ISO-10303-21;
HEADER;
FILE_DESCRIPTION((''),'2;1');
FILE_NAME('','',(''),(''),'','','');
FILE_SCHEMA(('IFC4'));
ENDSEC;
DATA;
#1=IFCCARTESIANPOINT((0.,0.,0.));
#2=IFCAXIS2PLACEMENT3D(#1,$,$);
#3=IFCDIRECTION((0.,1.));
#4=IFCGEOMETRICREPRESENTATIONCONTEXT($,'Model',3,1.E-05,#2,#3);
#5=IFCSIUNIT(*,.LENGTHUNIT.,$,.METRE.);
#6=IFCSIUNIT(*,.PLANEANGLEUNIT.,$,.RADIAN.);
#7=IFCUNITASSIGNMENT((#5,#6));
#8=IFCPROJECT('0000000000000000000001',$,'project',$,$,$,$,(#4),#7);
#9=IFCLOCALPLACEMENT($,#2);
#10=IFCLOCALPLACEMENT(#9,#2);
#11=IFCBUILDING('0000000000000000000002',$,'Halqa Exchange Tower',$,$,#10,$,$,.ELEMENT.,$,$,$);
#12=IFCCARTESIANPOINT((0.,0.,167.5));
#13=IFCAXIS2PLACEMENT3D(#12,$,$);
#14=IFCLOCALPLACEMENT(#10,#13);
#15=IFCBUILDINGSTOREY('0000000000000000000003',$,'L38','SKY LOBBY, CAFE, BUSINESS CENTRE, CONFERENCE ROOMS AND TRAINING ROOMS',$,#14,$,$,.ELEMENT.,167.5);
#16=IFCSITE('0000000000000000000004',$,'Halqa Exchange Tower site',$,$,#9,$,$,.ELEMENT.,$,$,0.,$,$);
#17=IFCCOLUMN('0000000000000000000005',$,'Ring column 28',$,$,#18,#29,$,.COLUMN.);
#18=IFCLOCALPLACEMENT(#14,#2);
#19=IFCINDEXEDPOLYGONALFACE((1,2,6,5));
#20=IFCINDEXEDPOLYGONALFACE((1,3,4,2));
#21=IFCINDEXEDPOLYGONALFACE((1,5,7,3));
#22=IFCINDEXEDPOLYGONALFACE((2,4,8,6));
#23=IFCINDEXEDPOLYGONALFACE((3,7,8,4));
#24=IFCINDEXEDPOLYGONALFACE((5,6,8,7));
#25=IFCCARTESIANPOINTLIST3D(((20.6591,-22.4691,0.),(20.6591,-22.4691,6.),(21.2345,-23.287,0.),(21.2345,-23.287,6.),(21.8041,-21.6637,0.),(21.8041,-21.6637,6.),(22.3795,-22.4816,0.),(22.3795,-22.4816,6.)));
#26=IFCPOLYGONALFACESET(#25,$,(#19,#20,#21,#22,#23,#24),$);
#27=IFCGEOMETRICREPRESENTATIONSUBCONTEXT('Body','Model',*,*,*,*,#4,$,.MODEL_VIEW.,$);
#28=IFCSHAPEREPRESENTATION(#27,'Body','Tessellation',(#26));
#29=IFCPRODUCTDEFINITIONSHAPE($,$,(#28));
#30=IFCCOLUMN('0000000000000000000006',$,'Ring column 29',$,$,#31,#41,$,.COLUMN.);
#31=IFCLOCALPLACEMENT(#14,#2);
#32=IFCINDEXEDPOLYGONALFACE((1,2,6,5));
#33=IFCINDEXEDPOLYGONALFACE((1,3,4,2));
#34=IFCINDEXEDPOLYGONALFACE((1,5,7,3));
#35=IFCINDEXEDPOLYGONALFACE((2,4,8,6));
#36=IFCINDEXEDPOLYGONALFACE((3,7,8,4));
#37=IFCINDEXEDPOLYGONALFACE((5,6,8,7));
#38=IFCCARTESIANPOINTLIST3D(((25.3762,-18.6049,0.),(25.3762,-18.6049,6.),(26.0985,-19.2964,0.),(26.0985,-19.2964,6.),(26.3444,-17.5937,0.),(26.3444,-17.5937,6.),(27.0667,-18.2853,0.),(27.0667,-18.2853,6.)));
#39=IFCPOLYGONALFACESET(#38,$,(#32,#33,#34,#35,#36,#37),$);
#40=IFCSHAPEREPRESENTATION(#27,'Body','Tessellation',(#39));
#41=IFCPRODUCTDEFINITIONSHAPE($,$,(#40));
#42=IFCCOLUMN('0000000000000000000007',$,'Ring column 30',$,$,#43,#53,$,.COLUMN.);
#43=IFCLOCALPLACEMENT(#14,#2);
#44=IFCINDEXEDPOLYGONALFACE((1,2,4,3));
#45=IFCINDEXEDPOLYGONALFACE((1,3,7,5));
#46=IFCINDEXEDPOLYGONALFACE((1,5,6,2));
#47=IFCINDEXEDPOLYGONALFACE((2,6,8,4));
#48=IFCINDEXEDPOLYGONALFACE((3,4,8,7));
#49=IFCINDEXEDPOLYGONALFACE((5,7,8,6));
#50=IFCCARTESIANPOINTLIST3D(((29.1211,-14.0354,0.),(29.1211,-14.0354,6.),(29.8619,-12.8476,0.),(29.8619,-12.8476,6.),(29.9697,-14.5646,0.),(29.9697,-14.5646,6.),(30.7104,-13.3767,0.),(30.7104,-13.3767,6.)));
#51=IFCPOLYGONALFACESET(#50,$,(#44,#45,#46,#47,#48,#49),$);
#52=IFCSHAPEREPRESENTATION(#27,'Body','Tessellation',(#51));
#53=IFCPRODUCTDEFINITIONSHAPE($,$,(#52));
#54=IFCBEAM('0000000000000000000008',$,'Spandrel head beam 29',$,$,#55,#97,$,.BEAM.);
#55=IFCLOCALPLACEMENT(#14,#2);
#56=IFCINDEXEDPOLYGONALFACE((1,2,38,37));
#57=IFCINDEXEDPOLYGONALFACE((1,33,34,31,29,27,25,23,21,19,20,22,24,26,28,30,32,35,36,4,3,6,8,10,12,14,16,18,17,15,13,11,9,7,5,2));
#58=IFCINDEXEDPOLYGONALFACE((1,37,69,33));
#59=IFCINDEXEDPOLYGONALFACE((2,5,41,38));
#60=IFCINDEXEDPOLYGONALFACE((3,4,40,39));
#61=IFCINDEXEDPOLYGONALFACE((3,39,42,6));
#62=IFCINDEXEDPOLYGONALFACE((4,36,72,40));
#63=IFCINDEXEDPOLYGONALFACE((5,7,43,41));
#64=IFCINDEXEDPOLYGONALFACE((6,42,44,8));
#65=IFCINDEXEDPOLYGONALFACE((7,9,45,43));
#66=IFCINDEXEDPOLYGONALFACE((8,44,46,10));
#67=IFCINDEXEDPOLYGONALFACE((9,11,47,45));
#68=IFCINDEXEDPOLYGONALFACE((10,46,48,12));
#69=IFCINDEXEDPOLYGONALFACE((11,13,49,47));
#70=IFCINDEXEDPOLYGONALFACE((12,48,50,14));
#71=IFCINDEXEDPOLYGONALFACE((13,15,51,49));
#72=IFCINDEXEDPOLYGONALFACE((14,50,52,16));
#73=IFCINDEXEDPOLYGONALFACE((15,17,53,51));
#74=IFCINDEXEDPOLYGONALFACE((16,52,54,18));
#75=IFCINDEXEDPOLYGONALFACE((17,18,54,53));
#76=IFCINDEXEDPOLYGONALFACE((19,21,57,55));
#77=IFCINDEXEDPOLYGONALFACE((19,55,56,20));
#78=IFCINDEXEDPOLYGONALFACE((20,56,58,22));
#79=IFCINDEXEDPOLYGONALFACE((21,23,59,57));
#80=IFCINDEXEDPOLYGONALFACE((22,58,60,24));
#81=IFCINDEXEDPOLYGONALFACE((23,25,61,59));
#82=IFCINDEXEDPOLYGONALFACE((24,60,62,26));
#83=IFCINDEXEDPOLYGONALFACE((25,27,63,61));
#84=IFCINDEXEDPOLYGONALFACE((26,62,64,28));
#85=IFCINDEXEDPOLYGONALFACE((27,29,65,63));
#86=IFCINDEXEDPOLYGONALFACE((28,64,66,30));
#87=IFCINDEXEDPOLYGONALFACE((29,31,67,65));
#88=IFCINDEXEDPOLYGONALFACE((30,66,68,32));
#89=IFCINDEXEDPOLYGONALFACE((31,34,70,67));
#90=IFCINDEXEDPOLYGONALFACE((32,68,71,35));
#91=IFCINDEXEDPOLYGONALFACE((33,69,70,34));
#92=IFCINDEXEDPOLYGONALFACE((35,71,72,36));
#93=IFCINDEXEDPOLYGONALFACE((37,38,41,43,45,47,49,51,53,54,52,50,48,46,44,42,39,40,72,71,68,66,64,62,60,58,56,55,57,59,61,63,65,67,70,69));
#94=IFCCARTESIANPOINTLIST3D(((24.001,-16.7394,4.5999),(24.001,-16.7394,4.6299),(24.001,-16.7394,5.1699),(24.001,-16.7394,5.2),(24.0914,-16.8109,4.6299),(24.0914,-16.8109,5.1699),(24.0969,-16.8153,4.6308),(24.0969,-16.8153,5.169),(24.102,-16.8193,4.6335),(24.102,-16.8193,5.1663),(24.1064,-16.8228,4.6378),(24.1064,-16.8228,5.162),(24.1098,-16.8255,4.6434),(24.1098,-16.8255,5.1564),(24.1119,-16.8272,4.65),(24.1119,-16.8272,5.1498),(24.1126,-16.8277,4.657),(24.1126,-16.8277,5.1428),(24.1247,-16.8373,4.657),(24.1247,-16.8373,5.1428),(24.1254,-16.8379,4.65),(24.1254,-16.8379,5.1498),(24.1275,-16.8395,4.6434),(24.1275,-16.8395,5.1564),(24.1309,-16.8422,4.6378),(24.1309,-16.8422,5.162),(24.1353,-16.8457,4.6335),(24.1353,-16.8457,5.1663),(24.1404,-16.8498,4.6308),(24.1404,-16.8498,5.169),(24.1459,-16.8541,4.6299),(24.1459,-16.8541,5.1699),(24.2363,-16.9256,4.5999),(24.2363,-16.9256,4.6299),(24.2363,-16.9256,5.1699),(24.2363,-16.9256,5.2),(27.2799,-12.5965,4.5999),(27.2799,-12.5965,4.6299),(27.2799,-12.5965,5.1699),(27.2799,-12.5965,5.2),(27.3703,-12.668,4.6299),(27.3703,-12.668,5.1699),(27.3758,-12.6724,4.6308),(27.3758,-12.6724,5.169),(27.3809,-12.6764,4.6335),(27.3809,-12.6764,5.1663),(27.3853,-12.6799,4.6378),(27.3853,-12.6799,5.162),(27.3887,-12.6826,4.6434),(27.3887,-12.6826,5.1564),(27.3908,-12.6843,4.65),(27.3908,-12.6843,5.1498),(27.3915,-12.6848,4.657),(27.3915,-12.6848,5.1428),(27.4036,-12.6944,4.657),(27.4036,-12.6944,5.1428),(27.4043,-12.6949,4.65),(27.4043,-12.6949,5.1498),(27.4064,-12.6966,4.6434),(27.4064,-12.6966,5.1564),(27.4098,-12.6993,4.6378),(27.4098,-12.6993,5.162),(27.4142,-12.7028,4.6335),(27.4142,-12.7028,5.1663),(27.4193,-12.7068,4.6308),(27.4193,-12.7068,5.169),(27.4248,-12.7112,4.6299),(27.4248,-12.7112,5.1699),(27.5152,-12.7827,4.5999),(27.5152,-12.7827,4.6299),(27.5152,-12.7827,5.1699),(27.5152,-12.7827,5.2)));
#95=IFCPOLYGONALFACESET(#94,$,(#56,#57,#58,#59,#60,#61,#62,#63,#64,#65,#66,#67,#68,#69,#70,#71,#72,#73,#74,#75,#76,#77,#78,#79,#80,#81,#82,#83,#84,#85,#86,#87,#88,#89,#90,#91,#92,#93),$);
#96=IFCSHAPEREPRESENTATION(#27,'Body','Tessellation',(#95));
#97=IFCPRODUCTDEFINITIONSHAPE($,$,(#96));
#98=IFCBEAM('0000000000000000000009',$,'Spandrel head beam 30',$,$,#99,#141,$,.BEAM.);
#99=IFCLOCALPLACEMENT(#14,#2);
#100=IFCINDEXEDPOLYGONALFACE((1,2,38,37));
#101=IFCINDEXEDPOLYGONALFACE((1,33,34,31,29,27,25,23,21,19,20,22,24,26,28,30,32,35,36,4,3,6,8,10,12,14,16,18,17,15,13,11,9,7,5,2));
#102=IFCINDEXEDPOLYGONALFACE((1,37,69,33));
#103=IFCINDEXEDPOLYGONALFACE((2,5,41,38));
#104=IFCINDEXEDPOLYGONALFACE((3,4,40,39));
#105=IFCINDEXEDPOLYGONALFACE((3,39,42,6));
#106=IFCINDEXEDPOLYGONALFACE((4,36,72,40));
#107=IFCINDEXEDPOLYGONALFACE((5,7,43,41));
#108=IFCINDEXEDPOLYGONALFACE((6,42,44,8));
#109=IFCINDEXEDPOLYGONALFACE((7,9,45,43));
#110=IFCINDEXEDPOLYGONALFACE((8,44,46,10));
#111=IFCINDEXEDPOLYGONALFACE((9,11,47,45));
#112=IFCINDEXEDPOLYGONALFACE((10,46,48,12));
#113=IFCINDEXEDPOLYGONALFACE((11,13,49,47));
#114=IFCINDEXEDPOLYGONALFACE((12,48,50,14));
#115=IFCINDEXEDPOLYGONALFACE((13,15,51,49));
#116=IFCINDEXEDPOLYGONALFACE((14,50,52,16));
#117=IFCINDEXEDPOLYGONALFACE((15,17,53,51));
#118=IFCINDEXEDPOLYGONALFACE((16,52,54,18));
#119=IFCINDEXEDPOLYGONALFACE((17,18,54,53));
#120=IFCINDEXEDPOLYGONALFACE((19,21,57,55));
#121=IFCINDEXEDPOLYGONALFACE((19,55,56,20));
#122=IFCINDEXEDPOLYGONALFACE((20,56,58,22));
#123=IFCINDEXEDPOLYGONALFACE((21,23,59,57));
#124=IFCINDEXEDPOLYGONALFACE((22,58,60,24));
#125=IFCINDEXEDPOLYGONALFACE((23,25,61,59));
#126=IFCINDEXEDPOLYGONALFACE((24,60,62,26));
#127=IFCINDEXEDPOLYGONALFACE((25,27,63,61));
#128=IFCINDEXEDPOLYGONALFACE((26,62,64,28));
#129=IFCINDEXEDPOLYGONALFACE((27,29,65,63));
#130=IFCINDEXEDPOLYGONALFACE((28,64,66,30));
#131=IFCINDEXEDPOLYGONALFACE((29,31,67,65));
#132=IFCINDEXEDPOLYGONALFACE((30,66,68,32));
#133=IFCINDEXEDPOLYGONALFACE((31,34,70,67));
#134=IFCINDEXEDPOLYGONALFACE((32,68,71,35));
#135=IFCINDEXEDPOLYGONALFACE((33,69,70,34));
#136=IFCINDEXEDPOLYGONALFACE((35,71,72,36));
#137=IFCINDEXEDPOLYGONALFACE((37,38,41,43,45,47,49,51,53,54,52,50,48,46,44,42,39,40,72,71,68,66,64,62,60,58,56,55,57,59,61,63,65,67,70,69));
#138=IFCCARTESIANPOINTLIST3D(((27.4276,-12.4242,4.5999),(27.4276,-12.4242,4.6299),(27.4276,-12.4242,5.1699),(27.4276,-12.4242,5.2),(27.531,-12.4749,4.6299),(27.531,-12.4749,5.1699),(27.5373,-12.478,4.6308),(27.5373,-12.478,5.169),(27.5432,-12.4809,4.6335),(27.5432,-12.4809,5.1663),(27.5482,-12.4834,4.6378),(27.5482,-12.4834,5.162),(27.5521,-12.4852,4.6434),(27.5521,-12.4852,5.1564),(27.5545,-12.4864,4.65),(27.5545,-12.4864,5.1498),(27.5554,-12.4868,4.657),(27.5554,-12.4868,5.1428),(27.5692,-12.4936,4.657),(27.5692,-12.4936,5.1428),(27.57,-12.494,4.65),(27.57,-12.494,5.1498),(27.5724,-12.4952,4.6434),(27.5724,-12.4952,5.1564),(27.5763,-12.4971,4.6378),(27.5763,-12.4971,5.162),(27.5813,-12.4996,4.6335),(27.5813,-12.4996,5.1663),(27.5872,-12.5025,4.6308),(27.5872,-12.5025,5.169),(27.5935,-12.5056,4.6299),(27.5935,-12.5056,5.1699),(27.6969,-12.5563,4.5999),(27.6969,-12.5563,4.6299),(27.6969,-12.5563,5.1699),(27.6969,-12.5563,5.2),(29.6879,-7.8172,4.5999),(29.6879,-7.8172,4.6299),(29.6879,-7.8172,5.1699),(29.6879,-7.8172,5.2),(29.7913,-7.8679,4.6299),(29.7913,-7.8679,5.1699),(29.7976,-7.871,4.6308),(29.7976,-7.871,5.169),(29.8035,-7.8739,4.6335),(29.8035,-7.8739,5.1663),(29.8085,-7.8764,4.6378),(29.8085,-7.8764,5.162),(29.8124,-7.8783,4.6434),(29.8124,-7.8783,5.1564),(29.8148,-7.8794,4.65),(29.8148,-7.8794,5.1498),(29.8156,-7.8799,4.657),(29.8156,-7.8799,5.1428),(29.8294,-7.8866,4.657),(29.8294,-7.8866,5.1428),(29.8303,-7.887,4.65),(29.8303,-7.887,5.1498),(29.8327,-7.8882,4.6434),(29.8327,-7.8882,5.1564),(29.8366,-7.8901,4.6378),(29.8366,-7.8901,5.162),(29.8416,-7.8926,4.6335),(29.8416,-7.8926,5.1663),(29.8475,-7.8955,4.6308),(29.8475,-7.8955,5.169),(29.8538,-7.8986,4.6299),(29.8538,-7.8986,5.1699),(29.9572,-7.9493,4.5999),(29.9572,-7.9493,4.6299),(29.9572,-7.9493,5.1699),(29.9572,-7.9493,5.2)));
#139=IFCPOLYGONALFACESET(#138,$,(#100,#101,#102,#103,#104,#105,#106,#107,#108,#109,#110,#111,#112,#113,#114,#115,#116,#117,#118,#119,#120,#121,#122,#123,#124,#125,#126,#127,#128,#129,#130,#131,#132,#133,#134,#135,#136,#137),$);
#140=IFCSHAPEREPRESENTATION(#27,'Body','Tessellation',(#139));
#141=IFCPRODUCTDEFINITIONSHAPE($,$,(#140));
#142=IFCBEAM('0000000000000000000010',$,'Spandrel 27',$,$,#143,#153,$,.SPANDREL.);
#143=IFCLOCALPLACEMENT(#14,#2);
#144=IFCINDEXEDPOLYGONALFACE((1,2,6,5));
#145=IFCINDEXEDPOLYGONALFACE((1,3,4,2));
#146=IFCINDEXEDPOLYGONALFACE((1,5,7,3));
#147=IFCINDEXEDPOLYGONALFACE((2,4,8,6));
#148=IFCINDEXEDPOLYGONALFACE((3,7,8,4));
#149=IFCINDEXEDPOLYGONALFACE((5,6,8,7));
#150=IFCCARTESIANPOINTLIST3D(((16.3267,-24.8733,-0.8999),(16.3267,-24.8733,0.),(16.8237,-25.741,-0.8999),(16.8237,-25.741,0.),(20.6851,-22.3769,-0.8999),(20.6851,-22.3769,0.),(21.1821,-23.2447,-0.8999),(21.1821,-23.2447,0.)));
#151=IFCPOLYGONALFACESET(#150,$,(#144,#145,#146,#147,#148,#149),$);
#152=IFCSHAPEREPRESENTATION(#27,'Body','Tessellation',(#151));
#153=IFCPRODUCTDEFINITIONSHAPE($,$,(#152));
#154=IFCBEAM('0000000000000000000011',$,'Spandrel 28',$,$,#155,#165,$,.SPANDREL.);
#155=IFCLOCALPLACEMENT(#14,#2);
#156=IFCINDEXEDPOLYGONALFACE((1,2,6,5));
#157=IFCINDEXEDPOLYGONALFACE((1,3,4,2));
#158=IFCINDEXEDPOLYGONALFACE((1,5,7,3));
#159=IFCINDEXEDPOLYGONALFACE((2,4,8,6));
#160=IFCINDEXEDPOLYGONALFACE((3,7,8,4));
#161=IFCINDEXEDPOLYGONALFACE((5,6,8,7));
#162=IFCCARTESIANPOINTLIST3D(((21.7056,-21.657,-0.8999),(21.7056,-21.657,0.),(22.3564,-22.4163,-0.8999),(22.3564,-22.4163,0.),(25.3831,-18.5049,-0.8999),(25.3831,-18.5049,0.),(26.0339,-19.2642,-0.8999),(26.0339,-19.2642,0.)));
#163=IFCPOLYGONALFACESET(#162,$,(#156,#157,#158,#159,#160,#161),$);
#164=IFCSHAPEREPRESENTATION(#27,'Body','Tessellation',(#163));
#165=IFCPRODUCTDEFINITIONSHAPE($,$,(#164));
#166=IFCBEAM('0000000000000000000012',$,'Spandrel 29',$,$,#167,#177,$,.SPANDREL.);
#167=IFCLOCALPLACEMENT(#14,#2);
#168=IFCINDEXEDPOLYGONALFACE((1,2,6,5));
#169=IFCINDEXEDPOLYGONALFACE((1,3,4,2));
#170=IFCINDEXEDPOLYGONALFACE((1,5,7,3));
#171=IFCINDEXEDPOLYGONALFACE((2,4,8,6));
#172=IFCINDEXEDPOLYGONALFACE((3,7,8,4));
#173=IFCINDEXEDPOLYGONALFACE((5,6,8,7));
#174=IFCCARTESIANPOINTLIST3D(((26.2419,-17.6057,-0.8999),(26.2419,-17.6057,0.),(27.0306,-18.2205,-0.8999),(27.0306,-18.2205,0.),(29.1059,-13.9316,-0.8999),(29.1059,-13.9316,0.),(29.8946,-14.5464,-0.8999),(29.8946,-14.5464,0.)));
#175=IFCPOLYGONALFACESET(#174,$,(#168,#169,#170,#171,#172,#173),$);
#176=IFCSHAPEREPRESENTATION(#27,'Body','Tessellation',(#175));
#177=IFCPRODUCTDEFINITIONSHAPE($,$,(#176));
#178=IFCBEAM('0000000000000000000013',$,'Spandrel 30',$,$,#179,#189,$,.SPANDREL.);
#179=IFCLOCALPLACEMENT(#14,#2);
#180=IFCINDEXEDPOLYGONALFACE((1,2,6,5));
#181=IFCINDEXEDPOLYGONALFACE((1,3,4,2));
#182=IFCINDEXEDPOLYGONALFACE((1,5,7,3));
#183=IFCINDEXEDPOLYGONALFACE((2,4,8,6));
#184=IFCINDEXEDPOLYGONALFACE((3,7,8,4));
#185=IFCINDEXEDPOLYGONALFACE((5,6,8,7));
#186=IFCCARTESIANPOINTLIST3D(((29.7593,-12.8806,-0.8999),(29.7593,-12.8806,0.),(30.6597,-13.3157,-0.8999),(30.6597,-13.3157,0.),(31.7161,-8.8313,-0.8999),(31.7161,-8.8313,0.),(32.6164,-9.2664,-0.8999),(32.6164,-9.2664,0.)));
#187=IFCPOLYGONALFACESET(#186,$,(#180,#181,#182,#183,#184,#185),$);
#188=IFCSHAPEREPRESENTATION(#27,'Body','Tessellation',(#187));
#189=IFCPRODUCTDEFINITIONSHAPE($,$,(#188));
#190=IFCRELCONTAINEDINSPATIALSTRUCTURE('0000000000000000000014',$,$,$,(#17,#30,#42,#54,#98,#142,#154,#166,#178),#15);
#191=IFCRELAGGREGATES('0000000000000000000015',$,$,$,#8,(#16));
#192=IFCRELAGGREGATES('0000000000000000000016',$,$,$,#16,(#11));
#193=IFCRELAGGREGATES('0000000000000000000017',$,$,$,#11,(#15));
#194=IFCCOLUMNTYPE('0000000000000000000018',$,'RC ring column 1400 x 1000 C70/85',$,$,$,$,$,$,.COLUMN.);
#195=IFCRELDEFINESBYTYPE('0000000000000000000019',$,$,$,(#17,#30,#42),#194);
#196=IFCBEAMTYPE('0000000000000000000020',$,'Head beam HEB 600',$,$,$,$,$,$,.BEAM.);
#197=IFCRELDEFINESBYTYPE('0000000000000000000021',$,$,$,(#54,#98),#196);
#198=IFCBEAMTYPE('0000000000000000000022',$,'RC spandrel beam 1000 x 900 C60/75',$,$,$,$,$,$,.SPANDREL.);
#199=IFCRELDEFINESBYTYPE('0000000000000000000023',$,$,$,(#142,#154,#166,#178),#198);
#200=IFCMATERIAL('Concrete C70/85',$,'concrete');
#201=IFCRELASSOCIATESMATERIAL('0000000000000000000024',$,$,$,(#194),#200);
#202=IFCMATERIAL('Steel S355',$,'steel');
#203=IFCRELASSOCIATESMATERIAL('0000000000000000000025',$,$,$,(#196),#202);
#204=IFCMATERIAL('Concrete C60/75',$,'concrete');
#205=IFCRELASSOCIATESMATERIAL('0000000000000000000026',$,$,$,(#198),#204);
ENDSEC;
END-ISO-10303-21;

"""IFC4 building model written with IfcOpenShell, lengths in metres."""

from ifc_helpers import new_model, si_unit, direction, frame, origin, origin_2d, place, context, subcontext, project, spatial, rectangle, i_section, extrude, material, material_profile, profile_set, type_object, element, save


model = new_model("IFC4")

# Units and contexts
model_context = context("Model", 3, precision=1e-05, world=origin(), true_north=direction((0.0, 1.0)))
body_context = subcontext(model_context, "Body", "Model", "MODEL_VIEW")
ifc_project = project(units=[si_unit("LENGTHUNIT", "METRE"), si_unit("PLANEANGLEUNIT", "RADIAN")], contexts=[model_context])

# Site, building, storey
site_placement = place(None, origin())
site = spatial("IfcSite", under=ifc_project, at=site_placement, Name="Halqa Exchange Tower site", CompositionType="ELEMENT", RefElevation=0.0)
building_placement = place(site_placement, origin())
building = spatial("IfcBuilding", under=site, at=building_placement, Name="Halqa Exchange Tower", CompositionType="ELEMENT")
storey_placement = place(building_placement, frame((0.0, 0.0, 167.5)))
storey = spatial("IfcBuildingStorey", under=building, at=storey_placement, Name="L38", Description="SKY LOBBY, CAFE, BUSINESS CENTRE, CONFERENCE ROOMS AND TRAINING ROOMS", CompositionType="ELEMENT", Elevation=167.5)

# Columns
ifc_material_1 = material(Name="Concrete C70/85", Category="concrete")
ifc_material_profile_1 = material_profile(ifc_material_1, rectangle(XDim=1.3999, YDim=1.0, at=origin_2d()), Name="1400 x 1000")
ifc_profile_set_1 = profile_set([ifc_material_profile_1], Name="Concrete C70/85")
column_type = type_object("IfcColumnType", Name="RC ring column 1400 x 1000 C70/85", PredefinedType="COLUMN", material=ifc_profile_set_1)
for number, where, z_axis, x_axis, name in (
    (1, (21.5193, -22.4753, 0.0), (0.0, 0.0, 1.0), (0.817911, 0.575345, 0.0), "Ring column 28"),
    (2, (26.2214, -18.4451, 0.0), (0.0, 0.0, 1.0), (0.691579, 0.722301, 0.0), "Ring column 29"),
    (3, (29.9158, -13.7061, 0.0), (0.0, 0.0, 1.0), (0.529143, 0.848532, 0.0), "Ring column 30"),
):
    element("IfcColumn", number, at=place(storey_placement, frame(where, z_axis=z_axis, x_axis=x_axis)), inside=storey, type_object=column_type, Name=name, PredefinedType="COLUMN", context=body_context, shape_type="SweptSolid", body=[
        extrude(rectangle(XDim=1.3999, YDim=1.0, at=origin_2d()), origin(), (0.0, 0.0, 1.0), 6.0),
    ])

# Beams
ifc_material_2 = material(Name="Steel S355", Category="steel")
ifc_material_profile_2 = material_profile(ifc_material_2, i_section(OverallWidth=0.3, OverallDepth=0.6001, WebThickness=0.0154, FlangeThickness=0.03, FilletRadius=0.0271, at=origin_2d()), Name="HEB 600")
ifc_profile_set_2 = profile_set([ifc_material_profile_2], Name="Steel S355")
beam_type_1 = type_object("IfcBeamType", Name="Head beam HEB 600", PredefinedType="BEAM", material=ifc_profile_set_2)
beam_1_placement = place(storey_placement, frame((24.1187, -16.8325, 4.8999), z_axis=(0.620595, 0.784131, 0.0), x_axis=(-0.784131, 0.620595, 0.0)))
element("IfcBeam", 4, at=beam_1_placement, inside=storey, type_object=beam_type_1, Name="Spandrel head beam 29", PredefinedType="BEAM", context=body_context, shape_type="SweptSolid", body=[
    extrude(i_section(OverallWidth=0.3, OverallDepth=0.6001, WebThickness=0.0154, FlangeThickness=0.03, FilletRadius=0.0271, at=origin_2d()), origin(), (0.0, 0.0, 1.0), 5.2834),
])
beam_2_placement = place(storey_placement, frame((27.5623, -12.4902, 4.8999), z_axis=(0.440464, 0.89777, 0.0), x_axis=(-0.89777, 0.440464, 0.0)))
element("IfcBeam", 5, at=beam_2_placement, inside=storey, type_object=beam_type_1, Name="Spandrel head beam 30", PredefinedType="BEAM", context=body_context, shape_type="SweptSolid", body=[
    extrude(i_section(OverallWidth=0.3, OverallDepth=0.6001, WebThickness=0.0154, FlangeThickness=0.03, FilletRadius=0.0271, at=origin_2d()), origin(), (0.0, 0.0, 1.0), 5.1316),
])
ifc_material_3 = material(Name="Concrete C60/75", Category="concrete")
ifc_material_profile_3 = material_profile(ifc_material_3, rectangle(XDim=1.0, YDim=0.8999, at=origin_2d()), Name="1000 x 900")
ifc_profile_set_3 = profile_set([ifc_material_profile_3], Name="Concrete C60/75")
beam_type_2 = type_object("IfcBeamType", Name="RC spandrel beam 1000 x 900 C60/75", PredefinedType="SPANDREL", material=ifc_profile_set_3)
beam_3_placement = place(storey_placement, frame((16.5752, -25.3071, -0.45), z_axis=(0.867743, 0.497013, 0.0), x_axis=(-0.497013, 0.867743, 0.0)))
element("IfcBeam", 6, at=beam_3_placement, inside=storey, type_object=beam_type_2, Name="Spandrel 27", PredefinedType="SPANDREL", context=body_context, shape_type="SweptSolid", body=[
    extrude(rectangle(XDim=1.0, YDim=0.8999, at=origin_2d()), origin(), (0.0, 0.0, 1.0), 5.0227),
])
beam_4_placement = place(storey_placement, frame((22.031, -22.0366, -0.45), z_axis=(0.75926, 0.650787, 0.0), x_axis=(-0.650787, 0.75926, 0.0)))
element("IfcBeam", 7, at=beam_4_placement, inside=storey, type_object=beam_type_2, Name="Spandrel 28", PredefinedType="SPANDREL", context=body_context, shape_type="SweptSolid", body=[
    extrude(rectangle(XDim=1.0, YDim=0.8999, at=origin_2d()), origin(), (0.0, 0.0, 1.0), 4.8435),
])
beam_5_placement = place(storey_placement, frame((26.6362, -17.9131, -0.45), z_axis=(0.614797, 0.788686, 0.0), x_axis=(-0.788686, 0.614797, 0.0)))
element("IfcBeam", 8, at=beam_5_placement, inside=storey, type_object=beam_type_2, Name="Spandrel 29", PredefinedType="SPANDREL", context=body_context, shape_type="SweptSolid", body=[
    extrude(rectangle(XDim=1.0, YDim=0.8999, at=origin_2d()), origin(), (0.0, 0.0, 1.0), 4.6584),
])
beam_6_placement = place(storey_placement, frame((30.2095, -13.0981, -0.45), z_axis=(0.4351, 0.900382, 0.0), x_axis=(-0.900382, 0.4351, 0.0)))
element("IfcBeam", 9, at=beam_6_placement, inside=storey, type_object=beam_type_2, Name="Spandrel 30", PredefinedType="SPANDREL", context=body_context, shape_type="SweptSolid", body=[
    extrude(rectangle(XDim=1.0, YDim=0.8999, at=origin_2d()), origin(), (0.0, 0.0, 1.0), 4.4973),
])

save(model, "model.ifc")
